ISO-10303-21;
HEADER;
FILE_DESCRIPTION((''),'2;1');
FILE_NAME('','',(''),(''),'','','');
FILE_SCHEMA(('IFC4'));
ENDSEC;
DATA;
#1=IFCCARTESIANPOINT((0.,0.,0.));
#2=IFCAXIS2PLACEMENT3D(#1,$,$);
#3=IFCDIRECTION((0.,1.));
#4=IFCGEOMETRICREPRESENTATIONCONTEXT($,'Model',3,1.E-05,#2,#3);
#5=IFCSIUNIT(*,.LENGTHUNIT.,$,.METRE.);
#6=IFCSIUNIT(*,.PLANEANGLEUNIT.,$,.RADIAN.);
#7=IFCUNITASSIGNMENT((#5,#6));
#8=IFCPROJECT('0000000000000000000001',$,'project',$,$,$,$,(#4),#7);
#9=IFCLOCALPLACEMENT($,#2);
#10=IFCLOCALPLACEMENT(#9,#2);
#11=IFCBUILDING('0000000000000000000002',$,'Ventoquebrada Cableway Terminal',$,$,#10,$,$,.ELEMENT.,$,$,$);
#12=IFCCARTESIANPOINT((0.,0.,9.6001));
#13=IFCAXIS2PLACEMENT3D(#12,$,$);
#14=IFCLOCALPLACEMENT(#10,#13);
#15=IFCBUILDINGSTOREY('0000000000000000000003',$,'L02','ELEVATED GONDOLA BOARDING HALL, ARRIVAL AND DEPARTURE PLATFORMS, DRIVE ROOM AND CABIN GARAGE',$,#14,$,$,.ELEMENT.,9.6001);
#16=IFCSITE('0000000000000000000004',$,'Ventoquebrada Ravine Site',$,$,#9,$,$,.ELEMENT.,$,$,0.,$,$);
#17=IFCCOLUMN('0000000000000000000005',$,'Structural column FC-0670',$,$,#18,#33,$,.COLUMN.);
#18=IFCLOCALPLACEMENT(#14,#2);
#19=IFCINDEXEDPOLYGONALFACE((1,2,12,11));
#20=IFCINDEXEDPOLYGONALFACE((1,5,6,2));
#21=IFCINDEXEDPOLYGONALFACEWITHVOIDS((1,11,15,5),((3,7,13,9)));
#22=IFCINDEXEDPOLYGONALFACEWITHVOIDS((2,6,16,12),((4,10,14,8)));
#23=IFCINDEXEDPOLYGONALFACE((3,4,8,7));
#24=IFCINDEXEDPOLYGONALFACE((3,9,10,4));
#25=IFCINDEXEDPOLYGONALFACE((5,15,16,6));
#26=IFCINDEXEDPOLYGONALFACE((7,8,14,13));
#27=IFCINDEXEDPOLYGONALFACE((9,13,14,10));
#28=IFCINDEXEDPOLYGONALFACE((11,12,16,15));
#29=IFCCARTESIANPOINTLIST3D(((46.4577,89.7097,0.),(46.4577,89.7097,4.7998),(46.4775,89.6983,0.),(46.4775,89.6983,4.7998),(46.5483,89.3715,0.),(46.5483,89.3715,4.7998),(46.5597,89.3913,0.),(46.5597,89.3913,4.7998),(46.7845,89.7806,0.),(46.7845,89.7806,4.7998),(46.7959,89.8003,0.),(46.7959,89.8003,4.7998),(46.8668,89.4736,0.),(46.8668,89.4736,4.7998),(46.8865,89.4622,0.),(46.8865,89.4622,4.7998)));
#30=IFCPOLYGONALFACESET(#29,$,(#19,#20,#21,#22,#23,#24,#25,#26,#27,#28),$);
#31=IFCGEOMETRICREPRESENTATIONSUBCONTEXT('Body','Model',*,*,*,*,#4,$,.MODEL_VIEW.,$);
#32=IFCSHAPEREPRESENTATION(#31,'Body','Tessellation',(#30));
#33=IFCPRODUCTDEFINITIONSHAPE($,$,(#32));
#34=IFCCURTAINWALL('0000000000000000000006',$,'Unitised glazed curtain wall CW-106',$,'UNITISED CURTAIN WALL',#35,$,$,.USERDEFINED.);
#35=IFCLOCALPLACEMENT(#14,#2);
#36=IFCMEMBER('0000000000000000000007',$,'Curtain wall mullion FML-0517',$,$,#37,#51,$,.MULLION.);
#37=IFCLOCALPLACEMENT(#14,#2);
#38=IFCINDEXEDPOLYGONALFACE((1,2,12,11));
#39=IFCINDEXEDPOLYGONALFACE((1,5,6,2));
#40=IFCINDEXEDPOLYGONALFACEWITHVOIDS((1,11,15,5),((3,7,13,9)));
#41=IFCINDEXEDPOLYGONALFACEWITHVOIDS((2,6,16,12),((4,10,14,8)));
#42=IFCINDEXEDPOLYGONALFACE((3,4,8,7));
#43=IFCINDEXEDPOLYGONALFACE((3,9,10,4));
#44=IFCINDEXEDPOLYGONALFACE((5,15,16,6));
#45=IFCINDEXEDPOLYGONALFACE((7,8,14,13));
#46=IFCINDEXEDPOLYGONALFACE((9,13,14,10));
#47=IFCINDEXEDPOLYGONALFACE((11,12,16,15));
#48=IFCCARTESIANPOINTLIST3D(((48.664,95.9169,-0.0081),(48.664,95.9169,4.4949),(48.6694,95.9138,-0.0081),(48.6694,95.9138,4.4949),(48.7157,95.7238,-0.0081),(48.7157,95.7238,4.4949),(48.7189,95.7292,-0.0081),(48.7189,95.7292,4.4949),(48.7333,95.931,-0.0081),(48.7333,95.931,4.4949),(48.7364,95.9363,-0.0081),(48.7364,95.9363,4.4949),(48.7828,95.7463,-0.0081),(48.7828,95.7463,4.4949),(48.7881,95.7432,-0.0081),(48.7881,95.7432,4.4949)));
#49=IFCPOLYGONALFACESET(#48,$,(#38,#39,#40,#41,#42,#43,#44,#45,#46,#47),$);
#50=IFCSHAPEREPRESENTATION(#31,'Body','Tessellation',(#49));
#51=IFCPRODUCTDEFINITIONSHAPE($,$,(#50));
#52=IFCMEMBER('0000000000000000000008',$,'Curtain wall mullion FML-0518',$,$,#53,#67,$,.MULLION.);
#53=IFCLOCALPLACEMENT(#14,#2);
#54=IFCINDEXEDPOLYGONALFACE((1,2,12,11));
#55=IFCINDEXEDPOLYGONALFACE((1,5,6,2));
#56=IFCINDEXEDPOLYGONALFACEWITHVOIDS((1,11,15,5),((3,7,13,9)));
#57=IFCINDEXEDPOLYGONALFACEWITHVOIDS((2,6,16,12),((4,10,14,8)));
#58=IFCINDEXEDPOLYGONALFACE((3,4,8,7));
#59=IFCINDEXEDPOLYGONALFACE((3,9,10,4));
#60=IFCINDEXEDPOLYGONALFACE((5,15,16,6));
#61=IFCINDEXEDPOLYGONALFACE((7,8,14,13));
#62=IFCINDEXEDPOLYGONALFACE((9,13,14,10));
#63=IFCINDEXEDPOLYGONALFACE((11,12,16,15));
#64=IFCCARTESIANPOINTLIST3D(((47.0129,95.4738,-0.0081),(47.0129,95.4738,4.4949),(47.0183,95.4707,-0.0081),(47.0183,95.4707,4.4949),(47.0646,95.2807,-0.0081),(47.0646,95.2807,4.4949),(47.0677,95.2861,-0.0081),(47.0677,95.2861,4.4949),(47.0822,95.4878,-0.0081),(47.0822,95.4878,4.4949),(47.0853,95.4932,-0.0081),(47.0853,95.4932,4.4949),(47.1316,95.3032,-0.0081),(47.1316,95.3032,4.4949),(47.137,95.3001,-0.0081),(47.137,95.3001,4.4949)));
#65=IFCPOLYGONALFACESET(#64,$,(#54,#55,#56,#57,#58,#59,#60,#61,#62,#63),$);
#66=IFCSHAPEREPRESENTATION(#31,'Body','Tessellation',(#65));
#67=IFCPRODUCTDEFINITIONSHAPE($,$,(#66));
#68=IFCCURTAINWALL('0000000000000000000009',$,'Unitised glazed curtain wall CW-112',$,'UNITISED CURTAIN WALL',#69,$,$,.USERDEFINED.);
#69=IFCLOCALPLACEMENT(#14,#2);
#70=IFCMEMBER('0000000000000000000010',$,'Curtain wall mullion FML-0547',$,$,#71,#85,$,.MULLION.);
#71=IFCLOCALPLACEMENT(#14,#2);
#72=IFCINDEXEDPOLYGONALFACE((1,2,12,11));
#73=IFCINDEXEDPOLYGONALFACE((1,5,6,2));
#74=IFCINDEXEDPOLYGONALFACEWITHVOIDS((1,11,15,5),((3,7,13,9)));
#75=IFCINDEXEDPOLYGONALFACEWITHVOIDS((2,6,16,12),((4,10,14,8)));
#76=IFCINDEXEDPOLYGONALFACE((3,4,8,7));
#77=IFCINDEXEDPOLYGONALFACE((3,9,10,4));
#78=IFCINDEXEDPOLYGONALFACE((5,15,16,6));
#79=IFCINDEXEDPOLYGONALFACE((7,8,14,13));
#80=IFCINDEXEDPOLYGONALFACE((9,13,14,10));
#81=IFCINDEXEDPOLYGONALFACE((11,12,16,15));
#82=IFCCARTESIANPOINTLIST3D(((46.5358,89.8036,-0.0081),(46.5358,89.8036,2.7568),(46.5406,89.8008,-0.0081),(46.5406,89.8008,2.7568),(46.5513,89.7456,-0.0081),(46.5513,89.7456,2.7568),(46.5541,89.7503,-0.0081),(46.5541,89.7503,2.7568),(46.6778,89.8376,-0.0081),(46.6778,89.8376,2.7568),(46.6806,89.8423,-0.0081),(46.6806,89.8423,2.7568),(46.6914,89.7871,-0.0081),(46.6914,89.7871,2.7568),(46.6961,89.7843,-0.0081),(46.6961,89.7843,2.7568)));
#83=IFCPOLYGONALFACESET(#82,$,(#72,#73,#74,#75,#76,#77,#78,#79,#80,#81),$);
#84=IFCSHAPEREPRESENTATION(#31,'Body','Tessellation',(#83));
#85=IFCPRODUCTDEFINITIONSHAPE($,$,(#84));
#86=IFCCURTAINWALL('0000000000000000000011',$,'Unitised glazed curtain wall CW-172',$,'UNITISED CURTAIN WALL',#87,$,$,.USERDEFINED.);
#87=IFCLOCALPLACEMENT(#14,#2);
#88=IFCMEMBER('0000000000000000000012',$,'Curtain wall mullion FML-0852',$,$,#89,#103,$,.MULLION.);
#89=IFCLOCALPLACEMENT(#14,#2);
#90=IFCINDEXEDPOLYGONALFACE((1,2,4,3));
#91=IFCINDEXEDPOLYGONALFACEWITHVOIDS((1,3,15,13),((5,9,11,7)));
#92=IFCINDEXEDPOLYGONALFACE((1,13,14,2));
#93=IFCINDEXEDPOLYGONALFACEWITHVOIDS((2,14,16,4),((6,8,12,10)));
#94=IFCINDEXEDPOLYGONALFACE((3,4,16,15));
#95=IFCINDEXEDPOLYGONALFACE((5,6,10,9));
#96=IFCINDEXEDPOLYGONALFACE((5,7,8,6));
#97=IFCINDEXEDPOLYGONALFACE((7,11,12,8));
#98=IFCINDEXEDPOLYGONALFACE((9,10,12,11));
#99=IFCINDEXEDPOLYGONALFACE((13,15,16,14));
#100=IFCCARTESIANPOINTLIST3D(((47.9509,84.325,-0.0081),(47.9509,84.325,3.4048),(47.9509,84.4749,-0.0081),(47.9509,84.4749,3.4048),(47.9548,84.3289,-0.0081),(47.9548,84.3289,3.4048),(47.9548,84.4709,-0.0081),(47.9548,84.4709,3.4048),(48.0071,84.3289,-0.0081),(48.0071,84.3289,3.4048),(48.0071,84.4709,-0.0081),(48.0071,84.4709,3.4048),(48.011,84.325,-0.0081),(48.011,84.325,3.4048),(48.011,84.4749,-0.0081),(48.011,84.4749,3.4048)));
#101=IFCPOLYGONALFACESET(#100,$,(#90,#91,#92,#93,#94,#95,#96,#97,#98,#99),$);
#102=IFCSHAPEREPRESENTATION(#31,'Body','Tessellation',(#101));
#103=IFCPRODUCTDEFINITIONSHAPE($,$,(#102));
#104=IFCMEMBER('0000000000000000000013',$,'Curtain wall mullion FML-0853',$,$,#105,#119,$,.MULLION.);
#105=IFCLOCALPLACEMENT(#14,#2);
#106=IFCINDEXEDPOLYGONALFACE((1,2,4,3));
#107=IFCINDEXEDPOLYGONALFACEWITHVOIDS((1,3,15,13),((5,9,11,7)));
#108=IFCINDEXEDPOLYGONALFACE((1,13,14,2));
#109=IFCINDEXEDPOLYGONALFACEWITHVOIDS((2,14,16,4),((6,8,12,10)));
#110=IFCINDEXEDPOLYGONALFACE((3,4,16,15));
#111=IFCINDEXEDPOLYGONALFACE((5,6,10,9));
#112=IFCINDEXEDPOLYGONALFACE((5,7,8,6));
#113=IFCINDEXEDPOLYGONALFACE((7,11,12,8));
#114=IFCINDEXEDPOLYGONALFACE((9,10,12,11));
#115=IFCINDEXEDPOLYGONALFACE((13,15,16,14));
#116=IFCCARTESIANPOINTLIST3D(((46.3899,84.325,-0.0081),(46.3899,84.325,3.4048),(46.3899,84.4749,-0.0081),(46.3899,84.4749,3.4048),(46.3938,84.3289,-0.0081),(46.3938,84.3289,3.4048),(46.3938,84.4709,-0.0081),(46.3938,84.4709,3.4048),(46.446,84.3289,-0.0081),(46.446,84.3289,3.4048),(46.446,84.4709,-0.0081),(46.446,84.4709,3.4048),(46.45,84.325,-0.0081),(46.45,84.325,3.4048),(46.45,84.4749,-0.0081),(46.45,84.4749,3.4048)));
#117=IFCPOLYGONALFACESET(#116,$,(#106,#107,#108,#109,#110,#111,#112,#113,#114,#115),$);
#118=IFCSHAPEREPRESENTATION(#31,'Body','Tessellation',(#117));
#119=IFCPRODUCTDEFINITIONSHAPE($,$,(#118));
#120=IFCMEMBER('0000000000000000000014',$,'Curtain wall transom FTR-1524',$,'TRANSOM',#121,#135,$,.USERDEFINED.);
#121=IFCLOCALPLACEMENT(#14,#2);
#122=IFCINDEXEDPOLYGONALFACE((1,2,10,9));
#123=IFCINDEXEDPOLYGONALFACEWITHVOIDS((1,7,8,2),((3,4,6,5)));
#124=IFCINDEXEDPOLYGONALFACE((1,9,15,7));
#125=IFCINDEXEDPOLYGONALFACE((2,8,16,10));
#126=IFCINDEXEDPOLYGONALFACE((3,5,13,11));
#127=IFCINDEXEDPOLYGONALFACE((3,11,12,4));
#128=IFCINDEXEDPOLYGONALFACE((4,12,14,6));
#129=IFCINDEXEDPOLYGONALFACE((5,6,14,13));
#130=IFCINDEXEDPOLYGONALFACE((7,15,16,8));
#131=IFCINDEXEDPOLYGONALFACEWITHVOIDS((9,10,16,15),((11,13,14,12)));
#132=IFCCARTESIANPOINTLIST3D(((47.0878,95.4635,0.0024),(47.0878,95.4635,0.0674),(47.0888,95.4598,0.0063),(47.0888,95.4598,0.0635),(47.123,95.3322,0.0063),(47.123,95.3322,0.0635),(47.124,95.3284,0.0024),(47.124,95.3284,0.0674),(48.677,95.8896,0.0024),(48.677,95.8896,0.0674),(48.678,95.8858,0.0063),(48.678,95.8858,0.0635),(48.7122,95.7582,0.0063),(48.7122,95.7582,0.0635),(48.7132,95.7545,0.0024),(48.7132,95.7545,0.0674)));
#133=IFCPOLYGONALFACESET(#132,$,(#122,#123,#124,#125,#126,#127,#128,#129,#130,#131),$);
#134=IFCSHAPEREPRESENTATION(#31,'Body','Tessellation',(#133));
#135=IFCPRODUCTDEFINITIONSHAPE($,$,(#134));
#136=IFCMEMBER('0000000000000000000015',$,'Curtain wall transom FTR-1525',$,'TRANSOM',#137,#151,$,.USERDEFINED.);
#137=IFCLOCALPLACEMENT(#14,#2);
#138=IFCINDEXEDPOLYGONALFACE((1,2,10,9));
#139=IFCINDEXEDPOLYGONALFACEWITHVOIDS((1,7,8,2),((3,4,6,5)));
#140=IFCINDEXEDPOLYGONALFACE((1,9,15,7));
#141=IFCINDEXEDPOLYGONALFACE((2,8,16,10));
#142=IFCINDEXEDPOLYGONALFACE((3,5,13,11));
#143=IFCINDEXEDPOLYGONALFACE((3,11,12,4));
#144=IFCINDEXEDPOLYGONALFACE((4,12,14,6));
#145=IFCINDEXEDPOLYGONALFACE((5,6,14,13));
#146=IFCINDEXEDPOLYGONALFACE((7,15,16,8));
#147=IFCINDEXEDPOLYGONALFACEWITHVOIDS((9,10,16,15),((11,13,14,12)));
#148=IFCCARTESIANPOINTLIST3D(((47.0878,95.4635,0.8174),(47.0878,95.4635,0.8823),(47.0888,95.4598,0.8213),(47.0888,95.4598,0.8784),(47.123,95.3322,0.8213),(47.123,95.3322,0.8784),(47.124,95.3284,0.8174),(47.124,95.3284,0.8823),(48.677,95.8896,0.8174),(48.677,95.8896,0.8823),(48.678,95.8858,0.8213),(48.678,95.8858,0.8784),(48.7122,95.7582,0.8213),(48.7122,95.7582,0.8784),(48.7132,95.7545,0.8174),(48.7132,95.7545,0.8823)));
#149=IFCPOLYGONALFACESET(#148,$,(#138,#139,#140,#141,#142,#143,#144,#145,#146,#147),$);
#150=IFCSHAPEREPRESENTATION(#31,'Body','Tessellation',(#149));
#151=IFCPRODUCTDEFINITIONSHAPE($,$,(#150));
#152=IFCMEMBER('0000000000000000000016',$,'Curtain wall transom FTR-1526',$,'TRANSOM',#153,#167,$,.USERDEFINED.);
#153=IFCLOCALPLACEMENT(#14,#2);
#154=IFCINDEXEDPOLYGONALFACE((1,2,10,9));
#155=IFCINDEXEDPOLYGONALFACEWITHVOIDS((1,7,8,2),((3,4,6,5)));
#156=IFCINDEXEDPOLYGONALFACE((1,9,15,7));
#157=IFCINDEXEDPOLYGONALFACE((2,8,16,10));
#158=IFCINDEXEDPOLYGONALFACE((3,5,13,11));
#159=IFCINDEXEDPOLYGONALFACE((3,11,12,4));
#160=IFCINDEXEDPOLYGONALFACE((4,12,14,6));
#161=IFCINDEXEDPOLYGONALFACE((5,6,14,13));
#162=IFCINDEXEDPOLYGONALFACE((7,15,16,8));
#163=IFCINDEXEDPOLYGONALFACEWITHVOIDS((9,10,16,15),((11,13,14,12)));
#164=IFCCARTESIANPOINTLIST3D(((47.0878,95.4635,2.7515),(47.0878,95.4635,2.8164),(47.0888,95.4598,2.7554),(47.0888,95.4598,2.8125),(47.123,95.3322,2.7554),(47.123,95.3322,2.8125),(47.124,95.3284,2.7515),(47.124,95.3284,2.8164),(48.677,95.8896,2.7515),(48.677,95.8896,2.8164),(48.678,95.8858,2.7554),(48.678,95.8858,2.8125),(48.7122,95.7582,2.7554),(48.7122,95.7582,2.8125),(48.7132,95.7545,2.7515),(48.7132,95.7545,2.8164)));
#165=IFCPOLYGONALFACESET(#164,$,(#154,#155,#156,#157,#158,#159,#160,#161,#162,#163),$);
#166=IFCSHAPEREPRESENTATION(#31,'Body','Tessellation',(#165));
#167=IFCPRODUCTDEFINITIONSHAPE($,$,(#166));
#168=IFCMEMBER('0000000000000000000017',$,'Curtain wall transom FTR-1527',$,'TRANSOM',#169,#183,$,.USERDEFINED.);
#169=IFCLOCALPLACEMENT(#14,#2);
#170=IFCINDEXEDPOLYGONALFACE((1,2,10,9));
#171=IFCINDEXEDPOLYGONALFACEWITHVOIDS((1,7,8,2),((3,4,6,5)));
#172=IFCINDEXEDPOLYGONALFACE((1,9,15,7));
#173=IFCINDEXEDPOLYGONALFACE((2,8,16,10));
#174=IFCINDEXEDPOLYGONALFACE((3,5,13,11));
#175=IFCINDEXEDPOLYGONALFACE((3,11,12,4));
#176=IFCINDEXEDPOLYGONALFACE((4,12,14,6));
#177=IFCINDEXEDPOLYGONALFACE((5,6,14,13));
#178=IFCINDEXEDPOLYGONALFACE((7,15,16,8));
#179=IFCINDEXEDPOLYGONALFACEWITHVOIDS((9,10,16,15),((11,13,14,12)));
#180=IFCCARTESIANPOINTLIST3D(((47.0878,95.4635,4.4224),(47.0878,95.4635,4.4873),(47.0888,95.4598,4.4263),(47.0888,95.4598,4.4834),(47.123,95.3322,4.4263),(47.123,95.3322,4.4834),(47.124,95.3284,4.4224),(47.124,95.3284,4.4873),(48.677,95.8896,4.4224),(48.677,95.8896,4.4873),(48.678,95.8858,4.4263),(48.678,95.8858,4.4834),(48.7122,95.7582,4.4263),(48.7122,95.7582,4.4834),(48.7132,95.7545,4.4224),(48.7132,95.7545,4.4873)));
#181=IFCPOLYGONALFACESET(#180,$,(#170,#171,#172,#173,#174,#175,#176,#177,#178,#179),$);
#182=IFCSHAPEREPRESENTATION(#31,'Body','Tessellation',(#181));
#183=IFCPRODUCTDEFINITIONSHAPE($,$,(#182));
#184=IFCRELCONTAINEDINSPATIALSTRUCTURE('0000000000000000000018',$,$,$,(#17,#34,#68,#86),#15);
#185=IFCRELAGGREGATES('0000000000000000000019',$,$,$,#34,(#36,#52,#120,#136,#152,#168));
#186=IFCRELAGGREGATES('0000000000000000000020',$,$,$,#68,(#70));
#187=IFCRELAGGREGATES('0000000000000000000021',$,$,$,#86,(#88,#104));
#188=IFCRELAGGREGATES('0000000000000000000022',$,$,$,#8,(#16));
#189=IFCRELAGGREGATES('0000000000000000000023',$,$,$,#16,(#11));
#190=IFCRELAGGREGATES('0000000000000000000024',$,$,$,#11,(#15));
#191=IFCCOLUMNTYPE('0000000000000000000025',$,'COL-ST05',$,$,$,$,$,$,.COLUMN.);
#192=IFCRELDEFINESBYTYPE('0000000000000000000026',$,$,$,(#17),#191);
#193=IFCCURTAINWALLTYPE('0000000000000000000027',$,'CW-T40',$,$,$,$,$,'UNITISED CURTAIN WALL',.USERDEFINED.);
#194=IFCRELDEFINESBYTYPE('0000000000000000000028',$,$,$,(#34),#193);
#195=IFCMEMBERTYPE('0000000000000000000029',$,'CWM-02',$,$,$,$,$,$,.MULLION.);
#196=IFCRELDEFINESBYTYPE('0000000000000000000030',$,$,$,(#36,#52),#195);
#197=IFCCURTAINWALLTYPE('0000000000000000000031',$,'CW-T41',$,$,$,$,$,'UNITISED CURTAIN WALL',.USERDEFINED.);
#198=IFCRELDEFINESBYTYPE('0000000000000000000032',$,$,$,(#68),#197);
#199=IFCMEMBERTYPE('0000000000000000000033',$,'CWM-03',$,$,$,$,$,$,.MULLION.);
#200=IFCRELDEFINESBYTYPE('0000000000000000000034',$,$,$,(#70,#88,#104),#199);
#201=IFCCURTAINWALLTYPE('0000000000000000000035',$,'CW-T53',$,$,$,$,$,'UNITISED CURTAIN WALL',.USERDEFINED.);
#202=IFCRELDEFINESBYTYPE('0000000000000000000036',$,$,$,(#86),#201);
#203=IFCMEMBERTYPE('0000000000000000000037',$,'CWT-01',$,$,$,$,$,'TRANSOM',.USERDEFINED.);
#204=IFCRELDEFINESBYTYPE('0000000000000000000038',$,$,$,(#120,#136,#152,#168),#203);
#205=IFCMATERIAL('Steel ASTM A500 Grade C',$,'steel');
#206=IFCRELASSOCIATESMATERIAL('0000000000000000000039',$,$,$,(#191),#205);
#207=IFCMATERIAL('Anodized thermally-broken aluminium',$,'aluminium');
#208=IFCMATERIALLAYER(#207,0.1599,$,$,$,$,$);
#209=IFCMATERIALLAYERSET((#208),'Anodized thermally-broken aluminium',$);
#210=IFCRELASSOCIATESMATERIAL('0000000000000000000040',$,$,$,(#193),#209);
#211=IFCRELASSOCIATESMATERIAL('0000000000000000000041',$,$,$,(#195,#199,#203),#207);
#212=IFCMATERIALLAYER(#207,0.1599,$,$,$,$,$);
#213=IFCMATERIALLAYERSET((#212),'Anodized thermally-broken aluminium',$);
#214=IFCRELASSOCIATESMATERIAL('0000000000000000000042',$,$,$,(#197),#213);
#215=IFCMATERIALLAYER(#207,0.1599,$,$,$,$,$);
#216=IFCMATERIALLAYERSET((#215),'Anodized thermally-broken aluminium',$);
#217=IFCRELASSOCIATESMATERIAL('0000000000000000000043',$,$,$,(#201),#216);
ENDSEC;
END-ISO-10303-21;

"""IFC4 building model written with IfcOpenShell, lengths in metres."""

from ifc_helpers import new_model, si_unit, direction, frame, origin, origin_2d, place, context, subcontext, project, spatial, hollow_rectangle, extrude, material, layer, layer_set, material_profile, profile_set, type_object, element, aggregate, save


model = new_model("IFC4")

# Units and contexts
model_context = context("Model", 3, precision=1e-05, world=origin(), true_north=direction((0.0, 1.0)))
body_context = subcontext(model_context, "Body", "Model", "MODEL_VIEW")
ifc_project = project(units=[si_unit("LENGTHUNIT", "METRE"), si_unit("PLANEANGLEUNIT", "RADIAN")], contexts=[model_context])

# Site, building, storey
site_placement = place(None, origin())
site = spatial("IfcSite", under=ifc_project, at=site_placement, Name="Ventoquebrada Ravine Site", CompositionType="ELEMENT", RefElevation=0.0)
building_placement = place(site_placement, origin())
building = spatial("IfcBuilding", under=site, at=building_placement, Name="Ventoquebrada Cableway Terminal", CompositionType="ELEMENT")
storey_placement = place(building_placement, frame((0.0, 0.0, 9.6001)))
storey = spatial("IfcBuildingStorey", under=building, at=storey_placement, Name="L02", Description="ELEVATED GONDOLA BOARDING HALL, ARRIVAL AND DEPARTURE PLATFORMS, DRIVE ROOM AND CABIN GARAGE", CompositionType="ELEMENT", Elevation=9.6001)

# Column
ifc_material_1 = material(Name="Steel ASTM A500 Grade C", Category="steel")
ifc_material_profile_1 = material_profile(ifc_material_1, hollow_rectangle(XDim=0.3501, YDim=0.3501, WallThickness=0.0161, at=origin_2d()), Name="HSS350X350X16")
ifc_profile_set_1 = profile_set([ifc_material_profile_1], Name="Steel ASTM A500 Grade C")
column_type = type_object("IfcColumnType", Name="COL-ST05", PredefinedType="COLUMN", material=ifc_profile_set_1)
column_placement = place(storey_placement, frame((46.6721, 89.5859, 0.0), z_axis=(0.0, 0.0, 1.0), x_axis=(0.965926, 0.258819, 0.0)))
element("IfcColumn", 1, at=column_placement, inside=storey, type_object=column_type, Name="Structural column FC-0670", PredefinedType="COLUMN", context=body_context, shape_type="SweptSolid", body=[
    extrude(hollow_rectangle(XDim=0.3501, YDim=0.3501, WallThickness=0.0161, at=origin_2d()), origin(), (0.0, 0.0, 1.0), 4.7998),
])

# Curtain wall, members
ifc_material_2 = material(Name="Anodized thermally-broken aluminium", Category="aluminium")
ifc_layer_1 = layer(ifc_material_2, 0.1599)
ifc_layer_set_1 = layer_set([ifc_layer_1], Name="Anodized thermally-broken aluminium")
curtain_wall_type_1 = type_object("IfcCurtainWallType", Name="CW-T40", ElementType="UNITISED CURTAIN WALL", PredefinedType="USERDEFINED", material=ifc_layer_set_1)
curtain_wall_1_placement = place(storey_placement, origin())
curtain_wall_1 = element("IfcCurtainWall", 2, at=curtain_wall_1_placement, inside=storey, type_object=curtain_wall_type_1, Name="Unitised glazed curtain wall CW-106", ObjectType="UNITISED CURTAIN WALL", PredefinedType="USERDEFINED")
ifc_material_profile_2 = material_profile(ifc_material_2, hollow_rectangle(XDim=0.075, YDim=0.2, WallThickness=0.0044, at=origin_2d()), Name="CW-MUL-75X200")
ifc_profile_set_2 = profile_set([ifc_material_profile_2], Name="Anodized thermally-broken aluminium")
member_type_1 = type_object("IfcMemberType", Name="CWM-02", PredefinedType="MULLION", material=ifc_profile_set_2)
member_1_placement = place(storey_placement, frame((48.7261, 95.8301, -0.0081), z_axis=(0.0, 0.0, 1.0), x_axis=(-0.96593, -0.258802, 0.0)))
member_1 = element("IfcMember", 3, at=member_1_placement, type_object=member_type_1, Name="Curtain wall mullion FML-0517", PredefinedType="MULLION", context=body_context, shape_type="SweptSolid", body=[
    extrude(hollow_rectangle(XDim=0.075, YDim=0.2, WallThickness=0.0044, at=origin_2d()), origin(), (0.0, 0.0, 1.0), 4.5029),
])
member_2_placement = place(storey_placement, frame((47.075, 95.387, -0.0081), z_axis=(0.0, 0.0, 1.0), x_axis=(-0.96593, -0.258802, 0.0)))
member_2 = element("IfcMember", 4, at=member_2_placement, type_object=member_type_1, Name="Curtain wall mullion FML-0518", PredefinedType="MULLION", context=body_context, shape_type="SweptSolid", body=[
    extrude(hollow_rectangle(XDim=0.075, YDim=0.2, WallThickness=0.0044, at=origin_2d()), origin(), (0.0, 0.0, 1.0), 4.5029),
])

# Curtain wall, member
ifc_layer_2 = layer(ifc_material_2, 0.1599)
ifc_layer_set_2 = layer_set([ifc_layer_2], Name="Anodized thermally-broken aluminium")
curtain_wall_type_2 = type_object("IfcCurtainWallType", Name="CW-T41", ElementType="UNITISED CURTAIN WALL", PredefinedType="USERDEFINED", material=ifc_layer_set_2)
curtain_wall_2_placement = place(storey_placement, origin())
curtain_wall_2 = element("IfcCurtainWall", 5, at=curtain_wall_2_placement, inside=storey, type_object=curtain_wall_type_2, Name="Unitised glazed curtain wall CW-112", ObjectType="UNITISED CURTAIN WALL", PredefinedType="USERDEFINED")
ifc_material_profile_3 = material_profile(ifc_material_2, hollow_rectangle(XDim=0.0601, YDim=0.1499, WallThickness=0.0039, at=origin_2d()), Name="CW-MUL-60X150")
ifc_profile_set_3 = profile_set([ifc_material_profile_3], Name="Anodized thermally-broken aluminium")
member_type_2 = type_object("IfcMemberType", Name="CWM-03", PredefinedType="MULLION", material=ifc_profile_set_3)
member_3_placement = place(storey_placement, frame((46.616, 89.7939, -0.0081), z_axis=(0.0, 0.0, 1.0), x_axis=(0.258617, -0.96598, 0.0)))
member_3 = element("IfcMember", 6, at=member_3_placement, type_object=member_type_2, Name="Curtain wall mullion FML-0547", PredefinedType="MULLION", context=body_context, shape_type="SweptSolid", body=[
    extrude(hollow_rectangle(XDim=0.0601, YDim=0.1499, WallThickness=0.0039, at=origin_2d()), origin(), (0.0, 0.0, 1.0), 2.7649),
])

# Curtain wall, members
ifc_layer_3 = layer(ifc_material_2, 0.1599)
ifc_layer_set_3 = layer_set([ifc_layer_3], Name="Anodized thermally-broken aluminium")
curtain_wall_type_3 = type_object("IfcCurtainWallType", Name="CW-T53", ElementType="UNITISED CURTAIN WALL", PredefinedType="USERDEFINED", material=ifc_layer_set_3)
curtain_wall_3_placement = place(storey_placement, origin())
curtain_wall_3 = element("IfcCurtainWall", 7, at=curtain_wall_3_placement, inside=storey, type_object=curtain_wall_type_3, Name="Unitised glazed curtain wall CW-172", ObjectType="UNITISED CURTAIN WALL", PredefinedType="USERDEFINED")
member_4_placement = place(storey_placement, frame((47.981, 84.3999, -0.0081), z_axis=(0.0, 0.0, 1.0), x_axis=(-1.0, 0.0, 0.0)))
member_4 = element("IfcMember", 8, at=member_4_placement, type_object=member_type_2, Name="Curtain wall mullion FML-0852", PredefinedType="MULLION", context=body_context, shape_type="SweptSolid", body=[
    extrude(hollow_rectangle(XDim=0.0601, YDim=0.1499, WallThickness=0.0039, at=origin_2d()), origin(), (0.0, 0.0, 1.0), 3.4128),
])
member_5_placement = place(storey_placement, frame((46.4199, 84.3999, -0.0081), z_axis=(0.0, 0.0, 1.0), x_axis=(-1.0, 0.0, 0.0)))
member_5 = element("IfcMember", 9, at=member_5_placement, type_object=member_type_2, Name="Curtain wall mullion FML-0853", PredefinedType="MULLION", context=body_context, shape_type="SweptSolid", body=[
    extrude(hollow_rectangle(XDim=0.0601, YDim=0.1499, WallThickness=0.0039, at=origin_2d()), origin(), (0.0, 0.0, 1.0), 3.4128),
])

# Members
ifc_material_profile_4 = material_profile(ifc_material_2, hollow_rectangle(XDim=0.0649, YDim=0.1399, WallThickness=0.0039, at=origin_2d()), Name="CW-TRN-65X140")
ifc_profile_set_4 = profile_set([ifc_material_profile_4], Name="Anodized thermally-broken aluminium")
member_type_3 = type_object("IfcMemberType", Name="CWT-01", ElementType="TRANSOM", PredefinedType="USERDEFINED", material=ifc_profile_set_4)
member_6_placement = place(storey_placement, frame((48.6951, 95.822, 0.0349), z_axis=(-0.965892, -0.258946, 0.0), x_axis=(0.0, 0.0, 1.0)))
member_6 = element("IfcMember", 10, at=member_6_placement, type_object=member_type_3, Name="Curtain wall transom FTR-1524", ObjectType="TRANSOM", PredefinedType="USERDEFINED", context=body_context, shape_type="SweptSolid", body=[
    extrude(hollow_rectangle(XDim=0.0649, YDim=0.1399, WallThickness=0.0039, at=origin_2d()), origin(), (0.0, 0.0, 1.0), 1.6453),
])
member_7_placement = place(storey_placement, frame((48.6951, 95.822, 0.8499), z_axis=(-0.965892, -0.258946, 0.0), x_axis=(0.0, 0.0, 1.0)))
member_7 = element("IfcMember", 11, at=member_7_placement, type_object=member_type_3, Name="Curtain wall transom FTR-1525", ObjectType="TRANSOM", PredefinedType="USERDEFINED", context=body_context, shape_type="SweptSolid", body=[
    extrude(hollow_rectangle(XDim=0.0649, YDim=0.1399, WallThickness=0.0039, at=origin_2d()), origin(), (0.0, 0.0, 1.0), 1.6453),
])
member_8_placement = place(storey_placement, frame((48.6951, 95.822, 2.7839), z_axis=(-0.965892, -0.258946, 0.0), x_axis=(0.0, 0.0, 1.0)))
member_8 = element("IfcMember", 12, at=member_8_placement, type_object=member_type_3, Name="Curtain wall transom FTR-1526", ObjectType="TRANSOM", PredefinedType="USERDEFINED", context=body_context, shape_type="SweptSolid", body=[
    extrude(hollow_rectangle(XDim=0.0649, YDim=0.1399, WallThickness=0.0039, at=origin_2d()), origin(), (0.0, 0.0, 1.0), 1.6453),
])
member_9_placement = place(storey_placement, frame((48.6951, 95.822, 4.4548), z_axis=(-0.965892, -0.258946, 0.0), x_axis=(0.0, 0.0, 1.0)))
member_9 = element("IfcMember", 13, at=member_9_placement, type_object=member_type_3, Name="Curtain wall transom FTR-1527", ObjectType="TRANSOM", PredefinedType="USERDEFINED", context=body_context, shape_type="SweptSolid", body=[
    extrude(hollow_rectangle(XDim=0.0649, YDim=0.1399, WallThickness=0.0039, at=origin_2d()), origin(), (0.0, 0.0, 1.0), 1.6453),
])

aggregate(curtain_wall_1, [member_1, member_2, member_6, member_7, member_8, member_9])
aggregate(curtain_wall_2, [member_3])
aggregate(curtain_wall_3, [member_4, member_5])

save(model, "model.ifc")
